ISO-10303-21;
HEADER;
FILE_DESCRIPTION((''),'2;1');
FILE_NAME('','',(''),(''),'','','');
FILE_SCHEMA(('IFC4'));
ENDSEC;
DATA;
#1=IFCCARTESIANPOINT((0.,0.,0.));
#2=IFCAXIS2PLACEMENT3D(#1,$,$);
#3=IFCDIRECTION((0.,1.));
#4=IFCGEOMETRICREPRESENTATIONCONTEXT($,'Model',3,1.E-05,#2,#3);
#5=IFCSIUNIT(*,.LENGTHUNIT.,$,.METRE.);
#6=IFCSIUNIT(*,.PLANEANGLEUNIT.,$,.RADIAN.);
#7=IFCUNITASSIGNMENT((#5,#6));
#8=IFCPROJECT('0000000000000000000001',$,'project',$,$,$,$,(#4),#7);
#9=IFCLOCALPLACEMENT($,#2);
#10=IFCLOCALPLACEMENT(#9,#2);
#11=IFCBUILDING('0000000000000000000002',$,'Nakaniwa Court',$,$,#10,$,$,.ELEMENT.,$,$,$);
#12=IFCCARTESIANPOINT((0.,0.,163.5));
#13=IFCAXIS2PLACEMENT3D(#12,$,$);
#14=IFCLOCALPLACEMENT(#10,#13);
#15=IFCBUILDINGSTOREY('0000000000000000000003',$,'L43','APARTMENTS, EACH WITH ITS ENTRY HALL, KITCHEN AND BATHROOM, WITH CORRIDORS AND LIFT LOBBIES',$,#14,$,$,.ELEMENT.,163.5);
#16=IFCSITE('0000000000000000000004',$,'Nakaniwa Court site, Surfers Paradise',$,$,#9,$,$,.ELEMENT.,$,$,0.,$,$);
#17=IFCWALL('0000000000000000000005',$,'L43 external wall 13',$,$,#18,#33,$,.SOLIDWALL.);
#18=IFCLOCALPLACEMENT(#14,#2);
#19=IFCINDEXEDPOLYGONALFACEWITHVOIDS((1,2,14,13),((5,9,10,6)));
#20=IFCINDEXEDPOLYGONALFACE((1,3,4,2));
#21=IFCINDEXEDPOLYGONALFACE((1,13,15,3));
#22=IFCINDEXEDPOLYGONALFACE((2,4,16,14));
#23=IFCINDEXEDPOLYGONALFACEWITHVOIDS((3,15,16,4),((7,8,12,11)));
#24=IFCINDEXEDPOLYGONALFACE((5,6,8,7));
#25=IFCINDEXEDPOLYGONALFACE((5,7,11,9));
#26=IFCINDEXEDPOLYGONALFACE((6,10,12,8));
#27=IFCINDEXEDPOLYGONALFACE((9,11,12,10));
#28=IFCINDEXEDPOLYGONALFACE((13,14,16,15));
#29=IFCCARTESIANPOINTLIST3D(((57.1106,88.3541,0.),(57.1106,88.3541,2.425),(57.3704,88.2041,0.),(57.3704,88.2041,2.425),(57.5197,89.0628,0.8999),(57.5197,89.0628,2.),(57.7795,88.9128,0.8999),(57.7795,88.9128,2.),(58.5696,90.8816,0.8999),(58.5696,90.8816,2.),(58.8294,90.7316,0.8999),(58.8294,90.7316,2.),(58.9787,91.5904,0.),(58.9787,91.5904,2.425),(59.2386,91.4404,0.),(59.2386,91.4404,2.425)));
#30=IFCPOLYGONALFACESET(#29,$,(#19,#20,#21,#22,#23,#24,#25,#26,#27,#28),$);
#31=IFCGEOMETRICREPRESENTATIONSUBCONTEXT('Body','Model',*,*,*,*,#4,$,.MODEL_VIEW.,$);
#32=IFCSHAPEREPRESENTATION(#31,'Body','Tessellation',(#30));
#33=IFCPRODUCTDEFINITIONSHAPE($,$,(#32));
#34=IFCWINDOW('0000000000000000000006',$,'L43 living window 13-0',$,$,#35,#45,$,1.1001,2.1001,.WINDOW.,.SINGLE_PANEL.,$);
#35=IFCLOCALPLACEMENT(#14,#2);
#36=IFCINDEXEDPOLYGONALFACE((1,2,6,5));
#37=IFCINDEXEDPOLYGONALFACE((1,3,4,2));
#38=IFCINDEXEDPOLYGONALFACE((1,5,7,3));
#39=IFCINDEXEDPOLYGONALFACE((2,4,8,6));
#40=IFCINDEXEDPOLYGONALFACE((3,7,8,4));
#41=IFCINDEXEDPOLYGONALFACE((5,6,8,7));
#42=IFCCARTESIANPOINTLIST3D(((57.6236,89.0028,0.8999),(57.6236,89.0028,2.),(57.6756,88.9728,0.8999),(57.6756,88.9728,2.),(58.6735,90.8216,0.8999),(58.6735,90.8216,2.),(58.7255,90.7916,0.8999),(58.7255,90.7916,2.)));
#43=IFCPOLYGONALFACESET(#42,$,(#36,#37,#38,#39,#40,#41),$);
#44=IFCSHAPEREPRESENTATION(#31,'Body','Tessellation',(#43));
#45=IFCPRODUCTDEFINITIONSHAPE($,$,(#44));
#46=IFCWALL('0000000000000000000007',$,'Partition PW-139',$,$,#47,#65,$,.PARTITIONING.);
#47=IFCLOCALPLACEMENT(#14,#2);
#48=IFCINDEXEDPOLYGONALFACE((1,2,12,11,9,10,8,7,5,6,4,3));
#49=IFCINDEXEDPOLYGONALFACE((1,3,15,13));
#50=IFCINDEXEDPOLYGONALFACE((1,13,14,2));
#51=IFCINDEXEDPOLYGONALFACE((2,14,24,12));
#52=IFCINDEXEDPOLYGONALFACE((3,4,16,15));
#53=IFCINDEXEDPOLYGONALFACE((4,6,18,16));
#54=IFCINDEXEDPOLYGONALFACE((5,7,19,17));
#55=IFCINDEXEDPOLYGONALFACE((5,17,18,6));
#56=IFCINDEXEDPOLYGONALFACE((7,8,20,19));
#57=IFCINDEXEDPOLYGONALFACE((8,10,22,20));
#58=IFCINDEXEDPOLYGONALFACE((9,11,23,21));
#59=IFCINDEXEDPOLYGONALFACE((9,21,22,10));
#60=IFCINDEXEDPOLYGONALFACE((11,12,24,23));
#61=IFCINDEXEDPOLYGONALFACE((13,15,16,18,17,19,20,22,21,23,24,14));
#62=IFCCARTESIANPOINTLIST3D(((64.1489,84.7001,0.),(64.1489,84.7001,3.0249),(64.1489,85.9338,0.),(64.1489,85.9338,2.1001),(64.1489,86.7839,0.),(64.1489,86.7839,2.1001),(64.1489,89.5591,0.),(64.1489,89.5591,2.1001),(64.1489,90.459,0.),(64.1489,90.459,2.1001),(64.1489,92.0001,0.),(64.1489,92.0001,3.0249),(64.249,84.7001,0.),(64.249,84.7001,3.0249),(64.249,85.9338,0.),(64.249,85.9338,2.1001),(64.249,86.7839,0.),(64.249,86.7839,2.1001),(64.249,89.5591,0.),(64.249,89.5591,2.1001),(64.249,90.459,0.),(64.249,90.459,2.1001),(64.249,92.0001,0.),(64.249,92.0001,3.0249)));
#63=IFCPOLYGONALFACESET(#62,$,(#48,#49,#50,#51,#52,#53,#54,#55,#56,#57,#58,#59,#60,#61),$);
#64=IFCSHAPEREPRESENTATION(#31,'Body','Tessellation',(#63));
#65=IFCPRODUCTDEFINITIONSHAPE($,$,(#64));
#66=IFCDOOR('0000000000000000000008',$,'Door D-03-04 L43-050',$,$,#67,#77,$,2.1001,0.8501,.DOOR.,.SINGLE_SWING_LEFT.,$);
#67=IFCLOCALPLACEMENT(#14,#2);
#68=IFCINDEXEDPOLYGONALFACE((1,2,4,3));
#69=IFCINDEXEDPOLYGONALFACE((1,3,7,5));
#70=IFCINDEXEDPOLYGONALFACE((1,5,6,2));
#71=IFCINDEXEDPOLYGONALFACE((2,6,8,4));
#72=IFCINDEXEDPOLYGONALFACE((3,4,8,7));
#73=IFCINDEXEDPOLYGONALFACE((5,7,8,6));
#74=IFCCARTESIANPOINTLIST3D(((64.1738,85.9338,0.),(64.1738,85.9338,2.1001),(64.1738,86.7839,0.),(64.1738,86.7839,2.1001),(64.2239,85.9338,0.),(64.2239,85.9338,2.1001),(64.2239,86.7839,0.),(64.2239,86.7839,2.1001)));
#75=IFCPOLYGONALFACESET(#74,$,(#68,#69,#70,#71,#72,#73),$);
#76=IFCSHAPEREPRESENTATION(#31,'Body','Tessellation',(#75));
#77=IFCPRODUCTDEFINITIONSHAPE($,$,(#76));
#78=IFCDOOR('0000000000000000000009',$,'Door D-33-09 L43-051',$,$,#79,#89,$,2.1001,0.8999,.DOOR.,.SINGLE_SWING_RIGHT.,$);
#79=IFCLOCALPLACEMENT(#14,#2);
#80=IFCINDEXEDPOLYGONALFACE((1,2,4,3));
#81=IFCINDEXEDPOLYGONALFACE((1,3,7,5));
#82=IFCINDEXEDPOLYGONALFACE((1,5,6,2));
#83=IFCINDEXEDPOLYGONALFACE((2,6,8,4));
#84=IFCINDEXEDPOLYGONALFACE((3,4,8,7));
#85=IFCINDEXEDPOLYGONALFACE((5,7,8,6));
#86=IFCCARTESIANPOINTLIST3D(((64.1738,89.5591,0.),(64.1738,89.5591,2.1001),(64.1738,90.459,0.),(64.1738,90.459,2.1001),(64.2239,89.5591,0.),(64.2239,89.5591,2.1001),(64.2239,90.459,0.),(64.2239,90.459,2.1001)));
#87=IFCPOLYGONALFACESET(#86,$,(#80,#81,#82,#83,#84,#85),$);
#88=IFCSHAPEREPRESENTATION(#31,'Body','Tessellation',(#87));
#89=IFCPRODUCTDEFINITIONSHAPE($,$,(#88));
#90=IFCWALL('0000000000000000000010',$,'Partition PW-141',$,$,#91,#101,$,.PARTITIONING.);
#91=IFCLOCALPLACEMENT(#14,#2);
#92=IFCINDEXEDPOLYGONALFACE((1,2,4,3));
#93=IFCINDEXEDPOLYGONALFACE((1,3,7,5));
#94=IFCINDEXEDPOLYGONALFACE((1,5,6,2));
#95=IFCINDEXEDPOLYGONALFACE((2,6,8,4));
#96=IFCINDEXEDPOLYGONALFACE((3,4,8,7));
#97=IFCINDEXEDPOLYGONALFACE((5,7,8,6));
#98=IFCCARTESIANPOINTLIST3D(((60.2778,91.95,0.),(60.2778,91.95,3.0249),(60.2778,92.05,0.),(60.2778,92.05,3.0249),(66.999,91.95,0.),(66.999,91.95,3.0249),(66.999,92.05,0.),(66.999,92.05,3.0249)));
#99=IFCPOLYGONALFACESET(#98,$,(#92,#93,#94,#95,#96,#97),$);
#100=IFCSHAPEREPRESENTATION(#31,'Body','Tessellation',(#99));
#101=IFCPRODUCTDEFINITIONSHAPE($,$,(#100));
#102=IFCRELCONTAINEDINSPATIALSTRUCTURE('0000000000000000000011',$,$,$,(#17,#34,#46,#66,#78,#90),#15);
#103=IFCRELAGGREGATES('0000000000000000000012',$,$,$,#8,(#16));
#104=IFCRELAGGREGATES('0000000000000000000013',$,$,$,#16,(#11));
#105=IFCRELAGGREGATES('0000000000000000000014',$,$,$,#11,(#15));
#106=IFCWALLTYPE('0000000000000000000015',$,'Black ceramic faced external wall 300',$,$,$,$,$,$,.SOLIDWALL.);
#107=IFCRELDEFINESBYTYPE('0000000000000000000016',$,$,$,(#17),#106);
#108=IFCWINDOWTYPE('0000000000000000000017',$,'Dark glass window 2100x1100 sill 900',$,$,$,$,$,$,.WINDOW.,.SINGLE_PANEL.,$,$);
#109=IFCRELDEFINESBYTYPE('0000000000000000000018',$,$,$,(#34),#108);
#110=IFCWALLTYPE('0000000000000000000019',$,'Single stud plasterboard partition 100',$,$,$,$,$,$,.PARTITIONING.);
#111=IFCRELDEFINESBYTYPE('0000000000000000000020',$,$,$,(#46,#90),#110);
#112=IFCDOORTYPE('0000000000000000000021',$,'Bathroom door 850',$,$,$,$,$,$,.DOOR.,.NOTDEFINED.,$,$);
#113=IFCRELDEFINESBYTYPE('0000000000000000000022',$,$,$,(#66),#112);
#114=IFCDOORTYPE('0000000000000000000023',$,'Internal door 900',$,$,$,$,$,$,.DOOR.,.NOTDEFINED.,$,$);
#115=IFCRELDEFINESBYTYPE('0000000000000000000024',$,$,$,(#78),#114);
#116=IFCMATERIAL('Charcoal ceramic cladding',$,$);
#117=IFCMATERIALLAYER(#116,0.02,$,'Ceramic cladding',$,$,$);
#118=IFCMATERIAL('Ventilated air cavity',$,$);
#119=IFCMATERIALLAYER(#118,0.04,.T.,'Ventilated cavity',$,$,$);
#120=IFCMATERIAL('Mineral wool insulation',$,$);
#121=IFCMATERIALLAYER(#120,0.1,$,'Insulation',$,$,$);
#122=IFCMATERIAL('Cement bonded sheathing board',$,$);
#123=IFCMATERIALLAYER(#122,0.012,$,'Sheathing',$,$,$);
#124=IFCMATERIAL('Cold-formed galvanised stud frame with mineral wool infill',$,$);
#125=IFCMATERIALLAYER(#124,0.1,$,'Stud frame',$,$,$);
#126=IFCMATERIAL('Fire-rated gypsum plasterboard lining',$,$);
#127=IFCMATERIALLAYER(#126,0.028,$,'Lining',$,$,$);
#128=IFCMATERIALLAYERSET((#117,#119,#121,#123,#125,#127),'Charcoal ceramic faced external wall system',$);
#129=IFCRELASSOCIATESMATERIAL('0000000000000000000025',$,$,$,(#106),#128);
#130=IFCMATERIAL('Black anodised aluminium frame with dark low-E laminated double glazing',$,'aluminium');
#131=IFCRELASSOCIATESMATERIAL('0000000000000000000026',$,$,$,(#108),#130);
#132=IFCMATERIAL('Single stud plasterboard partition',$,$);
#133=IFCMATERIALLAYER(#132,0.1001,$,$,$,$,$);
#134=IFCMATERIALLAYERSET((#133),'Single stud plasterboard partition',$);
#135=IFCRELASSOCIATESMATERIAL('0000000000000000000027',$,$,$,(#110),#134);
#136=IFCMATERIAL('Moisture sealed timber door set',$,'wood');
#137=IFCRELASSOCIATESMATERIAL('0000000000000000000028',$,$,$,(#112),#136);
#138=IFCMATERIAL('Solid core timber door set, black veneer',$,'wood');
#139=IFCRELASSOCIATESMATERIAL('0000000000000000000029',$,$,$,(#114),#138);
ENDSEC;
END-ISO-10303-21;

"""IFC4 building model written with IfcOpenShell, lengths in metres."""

from ifc_helpers import new_model, si_unit, direction, frame, frame_2d, origin, place, context, subcontext, project, spatial, rectangle, extrude, material, layer, layer_set, type_object, element, fill, save


model = new_model("IFC4")

# Units and contexts
model_context = context("Model", 3, precision=1e-05, world=origin(), true_north=direction((0.0, 1.0)))
body_context = subcontext(model_context, "Body", "Model", "MODEL_VIEW")
ifc_project = project(units=[si_unit("LENGTHUNIT", "METRE"), si_unit("PLANEANGLEUNIT", "RADIAN")], contexts=[model_context])

# Site, building, storey
site_placement = place(None, origin())
site = spatial("IfcSite", under=ifc_project, at=site_placement, Name="Nakaniwa Court site, Surfers Paradise", CompositionType="ELEMENT", RefElevation=0.0)
building_placement = place(site_placement, origin())
building = spatial("IfcBuilding", under=site, at=building_placement, Name="Nakaniwa Court", CompositionType="ELEMENT")
storey_placement = place(building_placement, frame((0.0, 0.0, 163.5)))
storey = spatial("IfcBuildingStorey", under=building, at=storey_placement, Name="L43", Description="APARTMENTS, EACH WITH ITS ENTRY HALL, KITCHEN AND BATHROOM, WITH CORRIDORS AND LIFT LOBBIES", CompositionType="ELEMENT", Elevation=163.5)

# Shared definitions
ifc_material_1 = material(Name="Solid core timber door set, black veneer", Category="wood")

# Shared definitions
ifc_material_2 = material(Name="Charcoal ceramic cladding")
ifc_layer_1 = layer(ifc_material_2, 0.02, Name="Ceramic cladding")
ifc_material_3 = material(Name="Ventilated air cavity")
ifc_layer_2 = layer(ifc_material_3, 0.04, ventilated=True, Name="Ventilated cavity")
ifc_material_4 = material(Name="Mineral wool insulation")
ifc_layer_3 = layer(ifc_material_4, 0.1, Name="Insulation")
ifc_material_5 = material(Name="Cement bonded sheathing board")
ifc_layer_4 = layer(ifc_material_5, 0.012, Name="Sheathing")
ifc_material_6 = material(Name="Cold-formed galvanised stud frame with mineral wool infill")
ifc_layer_5 = layer(ifc_material_6, 0.1, Name="Stud frame")
ifc_material_7 = material(Name="Fire-rated gypsum plasterboard lining")
ifc_layer_6 = layer(ifc_material_7, 0.028, Name="Lining")
ifc_layer_set_1 = layer_set([ifc_layer_1, ifc_layer_2, ifc_layer_3, ifc_layer_4, ifc_layer_5, ifc_layer_6], Name="Charcoal ceramic faced external wall system")
wall_type_1 = type_object("IfcWallType", Name="Black ceramic faced external wall 300", PredefinedType="SOLIDWALL", material=ifc_layer_set_1)

# Wall, opening, window
ifc_material_8 = material(Name="Black anodised aluminium frame with dark low-E laminated double glazing", Category="aluminium")
window_type_1 = type_object("IfcWindowType", Name="Dark glass window 2100x1100 sill 900", PartitioningType="SINGLE_PANEL", PredefinedType="WINDOW", material=ifc_material_8)
wall_1_placement = place(storey_placement, frame((59.1086, 91.5154, 0.0), z_axis=(0.0, 0.0, 1.0), x_axis=(-0.499934, -0.866064, 0.0)))
wall_1 = element("IfcWall", 1, at=wall_1_placement, inside=storey, type_object=wall_type_1, Name="L43 external wall 13", PredefinedType="SOLIDWALL", context=body_context, shape_type="SweptSolid", body=[
    extrude(rectangle(XDim=3.7368, YDim=0.3, at=frame_2d((1.8684, 0.0))), origin(), (0.0, 0.0, 1.0), 2.425),
])
opening_1_placement = place(wall_1_placement, frame((0.8184, 0.0, 0.8999)))
opening_1 = element("IfcOpeningElement", 2, at=opening_1_placement, cuts=wall_1, PredefinedType="OPENING", context=body_context, shape_type="SweptSolid", body=[
    extrude(rectangle(XDim=2.1001, YDim=1.1001, at=frame_2d((1.05, 0.55))), frame((0.0, 0.1599, 0.0), z_axis=(0.0, -1.0, 0.0), x_axis=(1.0, 0.0, 0.0)), (0.0, 0.0, 1.0), 0.3201),
])
window_1_placement = place(opening_1_placement, origin())
window_1 = element("IfcWindow", 3, at=window_1_placement, inside=storey, type_object=window_type_1, Name="L43 living window 13-0", OverallHeight=1.1001, OverallWidth=2.1001, PartitioningType="SINGLE_PANEL", PredefinedType="WINDOW", context=body_context, shape_type="SweptSolid", body=[
    extrude(rectangle(XDim=2.1001, YDim=1.1001, at=frame_2d((1.05, 0.55))), frame((0.0, 0.03, 0.0), z_axis=(0.0, -1.0, 0.0), x_axis=(1.0, 0.0, 0.0)), (0.0, 0.0, 1.0), 0.0601),
])
fill(opening_1, window_1)

# Wall, openings, doors
ifc_material_9 = material(Name="Single stud plasterboard partition")
ifc_layer_7 = layer(ifc_material_9, 0.1001)
ifc_layer_set_2 = layer_set([ifc_layer_7], Name="Single stud plasterboard partition")
wall_type_2 = type_object("IfcWallType", Name="Single stud plasterboard partition 100", PredefinedType="PARTITIONING", material=ifc_layer_set_2)
wall_2_placement = place(storey_placement, frame((64.199, 92.0, 0.0), z_axis=(0.0, 0.0, 1.0), x_axis=(0.0, -1.0, 0.0)))
wall_2 = element("IfcWall", 4, at=wall_2_placement, inside=storey, type_object=wall_type_2, Name="Partition PW-139", PredefinedType="PARTITIONING", context=body_context, shape_type="SweptSolid", body=[
    extrude(rectangle(XDim=7.3, YDim=0.1001, at=frame_2d((3.6499, 0.0))), origin(), (0.0, 0.0, 1.0), 3.0249),
])
opening_2_placement = place(wall_2_placement, frame((5.2161, 0.0, 0.0)))
opening_2 = element("IfcOpeningElement", 5, at=opening_2_placement, cuts=wall_2, PredefinedType="OPENING", context=body_context, shape_type="SweptSolid", body=[
    extrude(rectangle(XDim=0.8501, YDim=2.1001, at=frame_2d((0.425, 1.05))), frame((0.0, 0.0601, 0.0), z_axis=(0.0, -1.0, 0.0), x_axis=(1.0, 0.0, 0.0)), (0.0, 0.0, 1.0), 0.1201),
])
opening_3_placement = place(wall_2_placement, frame((1.541, 0.0, 0.0)))
opening_3 = element("IfcOpeningElement", 6, at=opening_3_placement, cuts=wall_2, PredefinedType="OPENING", context=body_context, shape_type="SweptSolid", body=[
    extrude(rectangle(XDim=0.8999, YDim=2.1001, at=frame_2d((0.45, 1.05))), frame((0.0, 0.0601, 0.0), z_axis=(0.0, -1.0, 0.0), x_axis=(1.0, 0.0, 0.0)), (0.0, 0.0, 1.0), 0.1201),
])
ifc_material_10 = material(Name="Moisture sealed timber door set", Category="wood")
door_type_1 = type_object("IfcDoorType", Name="Bathroom door 850", OperationType="NOTDEFINED", PredefinedType="DOOR", material=ifc_material_10)
door_1_placement = place(opening_2_placement, origin())
door_1 = element("IfcDoor", 7, at=door_1_placement, inside=storey, type_object=door_type_1, Name="Door D-03-04 L43-050", OperationType="SINGLE_SWING_LEFT", OverallHeight=2.1001, OverallWidth=0.8501, PredefinedType="DOOR", context=body_context, shape_type="SweptSolid", body=[
    extrude(rectangle(XDim=0.8501, YDim=2.1001, at=frame_2d((0.425, 1.05))), frame((0.0, 0.0249, 0.0), z_axis=(0.0, -1.0, 0.0), x_axis=(1.0, 0.0, 0.0)), (0.0, 0.0, 1.0), 0.05),
])
fill(opening_2, door_1)
door_type_2 = type_object("IfcDoorType", Name="Internal door 900", OperationType="NOTDEFINED", PredefinedType="DOOR", material=ifc_material_1)
door_2_placement = place(opening_3_placement, origin())
door_2 = element("IfcDoor", 8, at=door_2_placement, inside=storey, type_object=door_type_2, Name="Door D-33-09 L43-051", OperationType="SINGLE_SWING_RIGHT", OverallHeight=2.1001, OverallWidth=0.8999, PredefinedType="DOOR", context=body_context, shape_type="SweptSolid", body=[
    extrude(rectangle(XDim=0.8999, YDim=2.1001, at=frame_2d((0.45, 1.05))), frame((0.0, 0.0249, 0.0), z_axis=(0.0, -1.0, 0.0), x_axis=(1.0, 0.0, 0.0)), (0.0, 0.0, 1.0), 0.05),
])
fill(opening_3, door_2)

# Wall
wall_3_placement = place(storey_placement, frame((60.2778, 92.0, 0.0), z_axis=(0.0, 0.0, 1.0), x_axis=(1.0, 0.0, 0.0)))
element("IfcWall", 9, at=wall_3_placement, inside=storey, type_object=wall_type_2, Name="Partition PW-141", PredefinedType="PARTITIONING", context=body_context, shape_type="SweptSolid", body=[
    extrude(rectangle(XDim=6.7212, YDim=0.1001, at=frame_2d((3.3606, 0.0))), origin(), (0.0, 0.0, 1.0), 3.0249),
])

save(model, "model.ifc")
